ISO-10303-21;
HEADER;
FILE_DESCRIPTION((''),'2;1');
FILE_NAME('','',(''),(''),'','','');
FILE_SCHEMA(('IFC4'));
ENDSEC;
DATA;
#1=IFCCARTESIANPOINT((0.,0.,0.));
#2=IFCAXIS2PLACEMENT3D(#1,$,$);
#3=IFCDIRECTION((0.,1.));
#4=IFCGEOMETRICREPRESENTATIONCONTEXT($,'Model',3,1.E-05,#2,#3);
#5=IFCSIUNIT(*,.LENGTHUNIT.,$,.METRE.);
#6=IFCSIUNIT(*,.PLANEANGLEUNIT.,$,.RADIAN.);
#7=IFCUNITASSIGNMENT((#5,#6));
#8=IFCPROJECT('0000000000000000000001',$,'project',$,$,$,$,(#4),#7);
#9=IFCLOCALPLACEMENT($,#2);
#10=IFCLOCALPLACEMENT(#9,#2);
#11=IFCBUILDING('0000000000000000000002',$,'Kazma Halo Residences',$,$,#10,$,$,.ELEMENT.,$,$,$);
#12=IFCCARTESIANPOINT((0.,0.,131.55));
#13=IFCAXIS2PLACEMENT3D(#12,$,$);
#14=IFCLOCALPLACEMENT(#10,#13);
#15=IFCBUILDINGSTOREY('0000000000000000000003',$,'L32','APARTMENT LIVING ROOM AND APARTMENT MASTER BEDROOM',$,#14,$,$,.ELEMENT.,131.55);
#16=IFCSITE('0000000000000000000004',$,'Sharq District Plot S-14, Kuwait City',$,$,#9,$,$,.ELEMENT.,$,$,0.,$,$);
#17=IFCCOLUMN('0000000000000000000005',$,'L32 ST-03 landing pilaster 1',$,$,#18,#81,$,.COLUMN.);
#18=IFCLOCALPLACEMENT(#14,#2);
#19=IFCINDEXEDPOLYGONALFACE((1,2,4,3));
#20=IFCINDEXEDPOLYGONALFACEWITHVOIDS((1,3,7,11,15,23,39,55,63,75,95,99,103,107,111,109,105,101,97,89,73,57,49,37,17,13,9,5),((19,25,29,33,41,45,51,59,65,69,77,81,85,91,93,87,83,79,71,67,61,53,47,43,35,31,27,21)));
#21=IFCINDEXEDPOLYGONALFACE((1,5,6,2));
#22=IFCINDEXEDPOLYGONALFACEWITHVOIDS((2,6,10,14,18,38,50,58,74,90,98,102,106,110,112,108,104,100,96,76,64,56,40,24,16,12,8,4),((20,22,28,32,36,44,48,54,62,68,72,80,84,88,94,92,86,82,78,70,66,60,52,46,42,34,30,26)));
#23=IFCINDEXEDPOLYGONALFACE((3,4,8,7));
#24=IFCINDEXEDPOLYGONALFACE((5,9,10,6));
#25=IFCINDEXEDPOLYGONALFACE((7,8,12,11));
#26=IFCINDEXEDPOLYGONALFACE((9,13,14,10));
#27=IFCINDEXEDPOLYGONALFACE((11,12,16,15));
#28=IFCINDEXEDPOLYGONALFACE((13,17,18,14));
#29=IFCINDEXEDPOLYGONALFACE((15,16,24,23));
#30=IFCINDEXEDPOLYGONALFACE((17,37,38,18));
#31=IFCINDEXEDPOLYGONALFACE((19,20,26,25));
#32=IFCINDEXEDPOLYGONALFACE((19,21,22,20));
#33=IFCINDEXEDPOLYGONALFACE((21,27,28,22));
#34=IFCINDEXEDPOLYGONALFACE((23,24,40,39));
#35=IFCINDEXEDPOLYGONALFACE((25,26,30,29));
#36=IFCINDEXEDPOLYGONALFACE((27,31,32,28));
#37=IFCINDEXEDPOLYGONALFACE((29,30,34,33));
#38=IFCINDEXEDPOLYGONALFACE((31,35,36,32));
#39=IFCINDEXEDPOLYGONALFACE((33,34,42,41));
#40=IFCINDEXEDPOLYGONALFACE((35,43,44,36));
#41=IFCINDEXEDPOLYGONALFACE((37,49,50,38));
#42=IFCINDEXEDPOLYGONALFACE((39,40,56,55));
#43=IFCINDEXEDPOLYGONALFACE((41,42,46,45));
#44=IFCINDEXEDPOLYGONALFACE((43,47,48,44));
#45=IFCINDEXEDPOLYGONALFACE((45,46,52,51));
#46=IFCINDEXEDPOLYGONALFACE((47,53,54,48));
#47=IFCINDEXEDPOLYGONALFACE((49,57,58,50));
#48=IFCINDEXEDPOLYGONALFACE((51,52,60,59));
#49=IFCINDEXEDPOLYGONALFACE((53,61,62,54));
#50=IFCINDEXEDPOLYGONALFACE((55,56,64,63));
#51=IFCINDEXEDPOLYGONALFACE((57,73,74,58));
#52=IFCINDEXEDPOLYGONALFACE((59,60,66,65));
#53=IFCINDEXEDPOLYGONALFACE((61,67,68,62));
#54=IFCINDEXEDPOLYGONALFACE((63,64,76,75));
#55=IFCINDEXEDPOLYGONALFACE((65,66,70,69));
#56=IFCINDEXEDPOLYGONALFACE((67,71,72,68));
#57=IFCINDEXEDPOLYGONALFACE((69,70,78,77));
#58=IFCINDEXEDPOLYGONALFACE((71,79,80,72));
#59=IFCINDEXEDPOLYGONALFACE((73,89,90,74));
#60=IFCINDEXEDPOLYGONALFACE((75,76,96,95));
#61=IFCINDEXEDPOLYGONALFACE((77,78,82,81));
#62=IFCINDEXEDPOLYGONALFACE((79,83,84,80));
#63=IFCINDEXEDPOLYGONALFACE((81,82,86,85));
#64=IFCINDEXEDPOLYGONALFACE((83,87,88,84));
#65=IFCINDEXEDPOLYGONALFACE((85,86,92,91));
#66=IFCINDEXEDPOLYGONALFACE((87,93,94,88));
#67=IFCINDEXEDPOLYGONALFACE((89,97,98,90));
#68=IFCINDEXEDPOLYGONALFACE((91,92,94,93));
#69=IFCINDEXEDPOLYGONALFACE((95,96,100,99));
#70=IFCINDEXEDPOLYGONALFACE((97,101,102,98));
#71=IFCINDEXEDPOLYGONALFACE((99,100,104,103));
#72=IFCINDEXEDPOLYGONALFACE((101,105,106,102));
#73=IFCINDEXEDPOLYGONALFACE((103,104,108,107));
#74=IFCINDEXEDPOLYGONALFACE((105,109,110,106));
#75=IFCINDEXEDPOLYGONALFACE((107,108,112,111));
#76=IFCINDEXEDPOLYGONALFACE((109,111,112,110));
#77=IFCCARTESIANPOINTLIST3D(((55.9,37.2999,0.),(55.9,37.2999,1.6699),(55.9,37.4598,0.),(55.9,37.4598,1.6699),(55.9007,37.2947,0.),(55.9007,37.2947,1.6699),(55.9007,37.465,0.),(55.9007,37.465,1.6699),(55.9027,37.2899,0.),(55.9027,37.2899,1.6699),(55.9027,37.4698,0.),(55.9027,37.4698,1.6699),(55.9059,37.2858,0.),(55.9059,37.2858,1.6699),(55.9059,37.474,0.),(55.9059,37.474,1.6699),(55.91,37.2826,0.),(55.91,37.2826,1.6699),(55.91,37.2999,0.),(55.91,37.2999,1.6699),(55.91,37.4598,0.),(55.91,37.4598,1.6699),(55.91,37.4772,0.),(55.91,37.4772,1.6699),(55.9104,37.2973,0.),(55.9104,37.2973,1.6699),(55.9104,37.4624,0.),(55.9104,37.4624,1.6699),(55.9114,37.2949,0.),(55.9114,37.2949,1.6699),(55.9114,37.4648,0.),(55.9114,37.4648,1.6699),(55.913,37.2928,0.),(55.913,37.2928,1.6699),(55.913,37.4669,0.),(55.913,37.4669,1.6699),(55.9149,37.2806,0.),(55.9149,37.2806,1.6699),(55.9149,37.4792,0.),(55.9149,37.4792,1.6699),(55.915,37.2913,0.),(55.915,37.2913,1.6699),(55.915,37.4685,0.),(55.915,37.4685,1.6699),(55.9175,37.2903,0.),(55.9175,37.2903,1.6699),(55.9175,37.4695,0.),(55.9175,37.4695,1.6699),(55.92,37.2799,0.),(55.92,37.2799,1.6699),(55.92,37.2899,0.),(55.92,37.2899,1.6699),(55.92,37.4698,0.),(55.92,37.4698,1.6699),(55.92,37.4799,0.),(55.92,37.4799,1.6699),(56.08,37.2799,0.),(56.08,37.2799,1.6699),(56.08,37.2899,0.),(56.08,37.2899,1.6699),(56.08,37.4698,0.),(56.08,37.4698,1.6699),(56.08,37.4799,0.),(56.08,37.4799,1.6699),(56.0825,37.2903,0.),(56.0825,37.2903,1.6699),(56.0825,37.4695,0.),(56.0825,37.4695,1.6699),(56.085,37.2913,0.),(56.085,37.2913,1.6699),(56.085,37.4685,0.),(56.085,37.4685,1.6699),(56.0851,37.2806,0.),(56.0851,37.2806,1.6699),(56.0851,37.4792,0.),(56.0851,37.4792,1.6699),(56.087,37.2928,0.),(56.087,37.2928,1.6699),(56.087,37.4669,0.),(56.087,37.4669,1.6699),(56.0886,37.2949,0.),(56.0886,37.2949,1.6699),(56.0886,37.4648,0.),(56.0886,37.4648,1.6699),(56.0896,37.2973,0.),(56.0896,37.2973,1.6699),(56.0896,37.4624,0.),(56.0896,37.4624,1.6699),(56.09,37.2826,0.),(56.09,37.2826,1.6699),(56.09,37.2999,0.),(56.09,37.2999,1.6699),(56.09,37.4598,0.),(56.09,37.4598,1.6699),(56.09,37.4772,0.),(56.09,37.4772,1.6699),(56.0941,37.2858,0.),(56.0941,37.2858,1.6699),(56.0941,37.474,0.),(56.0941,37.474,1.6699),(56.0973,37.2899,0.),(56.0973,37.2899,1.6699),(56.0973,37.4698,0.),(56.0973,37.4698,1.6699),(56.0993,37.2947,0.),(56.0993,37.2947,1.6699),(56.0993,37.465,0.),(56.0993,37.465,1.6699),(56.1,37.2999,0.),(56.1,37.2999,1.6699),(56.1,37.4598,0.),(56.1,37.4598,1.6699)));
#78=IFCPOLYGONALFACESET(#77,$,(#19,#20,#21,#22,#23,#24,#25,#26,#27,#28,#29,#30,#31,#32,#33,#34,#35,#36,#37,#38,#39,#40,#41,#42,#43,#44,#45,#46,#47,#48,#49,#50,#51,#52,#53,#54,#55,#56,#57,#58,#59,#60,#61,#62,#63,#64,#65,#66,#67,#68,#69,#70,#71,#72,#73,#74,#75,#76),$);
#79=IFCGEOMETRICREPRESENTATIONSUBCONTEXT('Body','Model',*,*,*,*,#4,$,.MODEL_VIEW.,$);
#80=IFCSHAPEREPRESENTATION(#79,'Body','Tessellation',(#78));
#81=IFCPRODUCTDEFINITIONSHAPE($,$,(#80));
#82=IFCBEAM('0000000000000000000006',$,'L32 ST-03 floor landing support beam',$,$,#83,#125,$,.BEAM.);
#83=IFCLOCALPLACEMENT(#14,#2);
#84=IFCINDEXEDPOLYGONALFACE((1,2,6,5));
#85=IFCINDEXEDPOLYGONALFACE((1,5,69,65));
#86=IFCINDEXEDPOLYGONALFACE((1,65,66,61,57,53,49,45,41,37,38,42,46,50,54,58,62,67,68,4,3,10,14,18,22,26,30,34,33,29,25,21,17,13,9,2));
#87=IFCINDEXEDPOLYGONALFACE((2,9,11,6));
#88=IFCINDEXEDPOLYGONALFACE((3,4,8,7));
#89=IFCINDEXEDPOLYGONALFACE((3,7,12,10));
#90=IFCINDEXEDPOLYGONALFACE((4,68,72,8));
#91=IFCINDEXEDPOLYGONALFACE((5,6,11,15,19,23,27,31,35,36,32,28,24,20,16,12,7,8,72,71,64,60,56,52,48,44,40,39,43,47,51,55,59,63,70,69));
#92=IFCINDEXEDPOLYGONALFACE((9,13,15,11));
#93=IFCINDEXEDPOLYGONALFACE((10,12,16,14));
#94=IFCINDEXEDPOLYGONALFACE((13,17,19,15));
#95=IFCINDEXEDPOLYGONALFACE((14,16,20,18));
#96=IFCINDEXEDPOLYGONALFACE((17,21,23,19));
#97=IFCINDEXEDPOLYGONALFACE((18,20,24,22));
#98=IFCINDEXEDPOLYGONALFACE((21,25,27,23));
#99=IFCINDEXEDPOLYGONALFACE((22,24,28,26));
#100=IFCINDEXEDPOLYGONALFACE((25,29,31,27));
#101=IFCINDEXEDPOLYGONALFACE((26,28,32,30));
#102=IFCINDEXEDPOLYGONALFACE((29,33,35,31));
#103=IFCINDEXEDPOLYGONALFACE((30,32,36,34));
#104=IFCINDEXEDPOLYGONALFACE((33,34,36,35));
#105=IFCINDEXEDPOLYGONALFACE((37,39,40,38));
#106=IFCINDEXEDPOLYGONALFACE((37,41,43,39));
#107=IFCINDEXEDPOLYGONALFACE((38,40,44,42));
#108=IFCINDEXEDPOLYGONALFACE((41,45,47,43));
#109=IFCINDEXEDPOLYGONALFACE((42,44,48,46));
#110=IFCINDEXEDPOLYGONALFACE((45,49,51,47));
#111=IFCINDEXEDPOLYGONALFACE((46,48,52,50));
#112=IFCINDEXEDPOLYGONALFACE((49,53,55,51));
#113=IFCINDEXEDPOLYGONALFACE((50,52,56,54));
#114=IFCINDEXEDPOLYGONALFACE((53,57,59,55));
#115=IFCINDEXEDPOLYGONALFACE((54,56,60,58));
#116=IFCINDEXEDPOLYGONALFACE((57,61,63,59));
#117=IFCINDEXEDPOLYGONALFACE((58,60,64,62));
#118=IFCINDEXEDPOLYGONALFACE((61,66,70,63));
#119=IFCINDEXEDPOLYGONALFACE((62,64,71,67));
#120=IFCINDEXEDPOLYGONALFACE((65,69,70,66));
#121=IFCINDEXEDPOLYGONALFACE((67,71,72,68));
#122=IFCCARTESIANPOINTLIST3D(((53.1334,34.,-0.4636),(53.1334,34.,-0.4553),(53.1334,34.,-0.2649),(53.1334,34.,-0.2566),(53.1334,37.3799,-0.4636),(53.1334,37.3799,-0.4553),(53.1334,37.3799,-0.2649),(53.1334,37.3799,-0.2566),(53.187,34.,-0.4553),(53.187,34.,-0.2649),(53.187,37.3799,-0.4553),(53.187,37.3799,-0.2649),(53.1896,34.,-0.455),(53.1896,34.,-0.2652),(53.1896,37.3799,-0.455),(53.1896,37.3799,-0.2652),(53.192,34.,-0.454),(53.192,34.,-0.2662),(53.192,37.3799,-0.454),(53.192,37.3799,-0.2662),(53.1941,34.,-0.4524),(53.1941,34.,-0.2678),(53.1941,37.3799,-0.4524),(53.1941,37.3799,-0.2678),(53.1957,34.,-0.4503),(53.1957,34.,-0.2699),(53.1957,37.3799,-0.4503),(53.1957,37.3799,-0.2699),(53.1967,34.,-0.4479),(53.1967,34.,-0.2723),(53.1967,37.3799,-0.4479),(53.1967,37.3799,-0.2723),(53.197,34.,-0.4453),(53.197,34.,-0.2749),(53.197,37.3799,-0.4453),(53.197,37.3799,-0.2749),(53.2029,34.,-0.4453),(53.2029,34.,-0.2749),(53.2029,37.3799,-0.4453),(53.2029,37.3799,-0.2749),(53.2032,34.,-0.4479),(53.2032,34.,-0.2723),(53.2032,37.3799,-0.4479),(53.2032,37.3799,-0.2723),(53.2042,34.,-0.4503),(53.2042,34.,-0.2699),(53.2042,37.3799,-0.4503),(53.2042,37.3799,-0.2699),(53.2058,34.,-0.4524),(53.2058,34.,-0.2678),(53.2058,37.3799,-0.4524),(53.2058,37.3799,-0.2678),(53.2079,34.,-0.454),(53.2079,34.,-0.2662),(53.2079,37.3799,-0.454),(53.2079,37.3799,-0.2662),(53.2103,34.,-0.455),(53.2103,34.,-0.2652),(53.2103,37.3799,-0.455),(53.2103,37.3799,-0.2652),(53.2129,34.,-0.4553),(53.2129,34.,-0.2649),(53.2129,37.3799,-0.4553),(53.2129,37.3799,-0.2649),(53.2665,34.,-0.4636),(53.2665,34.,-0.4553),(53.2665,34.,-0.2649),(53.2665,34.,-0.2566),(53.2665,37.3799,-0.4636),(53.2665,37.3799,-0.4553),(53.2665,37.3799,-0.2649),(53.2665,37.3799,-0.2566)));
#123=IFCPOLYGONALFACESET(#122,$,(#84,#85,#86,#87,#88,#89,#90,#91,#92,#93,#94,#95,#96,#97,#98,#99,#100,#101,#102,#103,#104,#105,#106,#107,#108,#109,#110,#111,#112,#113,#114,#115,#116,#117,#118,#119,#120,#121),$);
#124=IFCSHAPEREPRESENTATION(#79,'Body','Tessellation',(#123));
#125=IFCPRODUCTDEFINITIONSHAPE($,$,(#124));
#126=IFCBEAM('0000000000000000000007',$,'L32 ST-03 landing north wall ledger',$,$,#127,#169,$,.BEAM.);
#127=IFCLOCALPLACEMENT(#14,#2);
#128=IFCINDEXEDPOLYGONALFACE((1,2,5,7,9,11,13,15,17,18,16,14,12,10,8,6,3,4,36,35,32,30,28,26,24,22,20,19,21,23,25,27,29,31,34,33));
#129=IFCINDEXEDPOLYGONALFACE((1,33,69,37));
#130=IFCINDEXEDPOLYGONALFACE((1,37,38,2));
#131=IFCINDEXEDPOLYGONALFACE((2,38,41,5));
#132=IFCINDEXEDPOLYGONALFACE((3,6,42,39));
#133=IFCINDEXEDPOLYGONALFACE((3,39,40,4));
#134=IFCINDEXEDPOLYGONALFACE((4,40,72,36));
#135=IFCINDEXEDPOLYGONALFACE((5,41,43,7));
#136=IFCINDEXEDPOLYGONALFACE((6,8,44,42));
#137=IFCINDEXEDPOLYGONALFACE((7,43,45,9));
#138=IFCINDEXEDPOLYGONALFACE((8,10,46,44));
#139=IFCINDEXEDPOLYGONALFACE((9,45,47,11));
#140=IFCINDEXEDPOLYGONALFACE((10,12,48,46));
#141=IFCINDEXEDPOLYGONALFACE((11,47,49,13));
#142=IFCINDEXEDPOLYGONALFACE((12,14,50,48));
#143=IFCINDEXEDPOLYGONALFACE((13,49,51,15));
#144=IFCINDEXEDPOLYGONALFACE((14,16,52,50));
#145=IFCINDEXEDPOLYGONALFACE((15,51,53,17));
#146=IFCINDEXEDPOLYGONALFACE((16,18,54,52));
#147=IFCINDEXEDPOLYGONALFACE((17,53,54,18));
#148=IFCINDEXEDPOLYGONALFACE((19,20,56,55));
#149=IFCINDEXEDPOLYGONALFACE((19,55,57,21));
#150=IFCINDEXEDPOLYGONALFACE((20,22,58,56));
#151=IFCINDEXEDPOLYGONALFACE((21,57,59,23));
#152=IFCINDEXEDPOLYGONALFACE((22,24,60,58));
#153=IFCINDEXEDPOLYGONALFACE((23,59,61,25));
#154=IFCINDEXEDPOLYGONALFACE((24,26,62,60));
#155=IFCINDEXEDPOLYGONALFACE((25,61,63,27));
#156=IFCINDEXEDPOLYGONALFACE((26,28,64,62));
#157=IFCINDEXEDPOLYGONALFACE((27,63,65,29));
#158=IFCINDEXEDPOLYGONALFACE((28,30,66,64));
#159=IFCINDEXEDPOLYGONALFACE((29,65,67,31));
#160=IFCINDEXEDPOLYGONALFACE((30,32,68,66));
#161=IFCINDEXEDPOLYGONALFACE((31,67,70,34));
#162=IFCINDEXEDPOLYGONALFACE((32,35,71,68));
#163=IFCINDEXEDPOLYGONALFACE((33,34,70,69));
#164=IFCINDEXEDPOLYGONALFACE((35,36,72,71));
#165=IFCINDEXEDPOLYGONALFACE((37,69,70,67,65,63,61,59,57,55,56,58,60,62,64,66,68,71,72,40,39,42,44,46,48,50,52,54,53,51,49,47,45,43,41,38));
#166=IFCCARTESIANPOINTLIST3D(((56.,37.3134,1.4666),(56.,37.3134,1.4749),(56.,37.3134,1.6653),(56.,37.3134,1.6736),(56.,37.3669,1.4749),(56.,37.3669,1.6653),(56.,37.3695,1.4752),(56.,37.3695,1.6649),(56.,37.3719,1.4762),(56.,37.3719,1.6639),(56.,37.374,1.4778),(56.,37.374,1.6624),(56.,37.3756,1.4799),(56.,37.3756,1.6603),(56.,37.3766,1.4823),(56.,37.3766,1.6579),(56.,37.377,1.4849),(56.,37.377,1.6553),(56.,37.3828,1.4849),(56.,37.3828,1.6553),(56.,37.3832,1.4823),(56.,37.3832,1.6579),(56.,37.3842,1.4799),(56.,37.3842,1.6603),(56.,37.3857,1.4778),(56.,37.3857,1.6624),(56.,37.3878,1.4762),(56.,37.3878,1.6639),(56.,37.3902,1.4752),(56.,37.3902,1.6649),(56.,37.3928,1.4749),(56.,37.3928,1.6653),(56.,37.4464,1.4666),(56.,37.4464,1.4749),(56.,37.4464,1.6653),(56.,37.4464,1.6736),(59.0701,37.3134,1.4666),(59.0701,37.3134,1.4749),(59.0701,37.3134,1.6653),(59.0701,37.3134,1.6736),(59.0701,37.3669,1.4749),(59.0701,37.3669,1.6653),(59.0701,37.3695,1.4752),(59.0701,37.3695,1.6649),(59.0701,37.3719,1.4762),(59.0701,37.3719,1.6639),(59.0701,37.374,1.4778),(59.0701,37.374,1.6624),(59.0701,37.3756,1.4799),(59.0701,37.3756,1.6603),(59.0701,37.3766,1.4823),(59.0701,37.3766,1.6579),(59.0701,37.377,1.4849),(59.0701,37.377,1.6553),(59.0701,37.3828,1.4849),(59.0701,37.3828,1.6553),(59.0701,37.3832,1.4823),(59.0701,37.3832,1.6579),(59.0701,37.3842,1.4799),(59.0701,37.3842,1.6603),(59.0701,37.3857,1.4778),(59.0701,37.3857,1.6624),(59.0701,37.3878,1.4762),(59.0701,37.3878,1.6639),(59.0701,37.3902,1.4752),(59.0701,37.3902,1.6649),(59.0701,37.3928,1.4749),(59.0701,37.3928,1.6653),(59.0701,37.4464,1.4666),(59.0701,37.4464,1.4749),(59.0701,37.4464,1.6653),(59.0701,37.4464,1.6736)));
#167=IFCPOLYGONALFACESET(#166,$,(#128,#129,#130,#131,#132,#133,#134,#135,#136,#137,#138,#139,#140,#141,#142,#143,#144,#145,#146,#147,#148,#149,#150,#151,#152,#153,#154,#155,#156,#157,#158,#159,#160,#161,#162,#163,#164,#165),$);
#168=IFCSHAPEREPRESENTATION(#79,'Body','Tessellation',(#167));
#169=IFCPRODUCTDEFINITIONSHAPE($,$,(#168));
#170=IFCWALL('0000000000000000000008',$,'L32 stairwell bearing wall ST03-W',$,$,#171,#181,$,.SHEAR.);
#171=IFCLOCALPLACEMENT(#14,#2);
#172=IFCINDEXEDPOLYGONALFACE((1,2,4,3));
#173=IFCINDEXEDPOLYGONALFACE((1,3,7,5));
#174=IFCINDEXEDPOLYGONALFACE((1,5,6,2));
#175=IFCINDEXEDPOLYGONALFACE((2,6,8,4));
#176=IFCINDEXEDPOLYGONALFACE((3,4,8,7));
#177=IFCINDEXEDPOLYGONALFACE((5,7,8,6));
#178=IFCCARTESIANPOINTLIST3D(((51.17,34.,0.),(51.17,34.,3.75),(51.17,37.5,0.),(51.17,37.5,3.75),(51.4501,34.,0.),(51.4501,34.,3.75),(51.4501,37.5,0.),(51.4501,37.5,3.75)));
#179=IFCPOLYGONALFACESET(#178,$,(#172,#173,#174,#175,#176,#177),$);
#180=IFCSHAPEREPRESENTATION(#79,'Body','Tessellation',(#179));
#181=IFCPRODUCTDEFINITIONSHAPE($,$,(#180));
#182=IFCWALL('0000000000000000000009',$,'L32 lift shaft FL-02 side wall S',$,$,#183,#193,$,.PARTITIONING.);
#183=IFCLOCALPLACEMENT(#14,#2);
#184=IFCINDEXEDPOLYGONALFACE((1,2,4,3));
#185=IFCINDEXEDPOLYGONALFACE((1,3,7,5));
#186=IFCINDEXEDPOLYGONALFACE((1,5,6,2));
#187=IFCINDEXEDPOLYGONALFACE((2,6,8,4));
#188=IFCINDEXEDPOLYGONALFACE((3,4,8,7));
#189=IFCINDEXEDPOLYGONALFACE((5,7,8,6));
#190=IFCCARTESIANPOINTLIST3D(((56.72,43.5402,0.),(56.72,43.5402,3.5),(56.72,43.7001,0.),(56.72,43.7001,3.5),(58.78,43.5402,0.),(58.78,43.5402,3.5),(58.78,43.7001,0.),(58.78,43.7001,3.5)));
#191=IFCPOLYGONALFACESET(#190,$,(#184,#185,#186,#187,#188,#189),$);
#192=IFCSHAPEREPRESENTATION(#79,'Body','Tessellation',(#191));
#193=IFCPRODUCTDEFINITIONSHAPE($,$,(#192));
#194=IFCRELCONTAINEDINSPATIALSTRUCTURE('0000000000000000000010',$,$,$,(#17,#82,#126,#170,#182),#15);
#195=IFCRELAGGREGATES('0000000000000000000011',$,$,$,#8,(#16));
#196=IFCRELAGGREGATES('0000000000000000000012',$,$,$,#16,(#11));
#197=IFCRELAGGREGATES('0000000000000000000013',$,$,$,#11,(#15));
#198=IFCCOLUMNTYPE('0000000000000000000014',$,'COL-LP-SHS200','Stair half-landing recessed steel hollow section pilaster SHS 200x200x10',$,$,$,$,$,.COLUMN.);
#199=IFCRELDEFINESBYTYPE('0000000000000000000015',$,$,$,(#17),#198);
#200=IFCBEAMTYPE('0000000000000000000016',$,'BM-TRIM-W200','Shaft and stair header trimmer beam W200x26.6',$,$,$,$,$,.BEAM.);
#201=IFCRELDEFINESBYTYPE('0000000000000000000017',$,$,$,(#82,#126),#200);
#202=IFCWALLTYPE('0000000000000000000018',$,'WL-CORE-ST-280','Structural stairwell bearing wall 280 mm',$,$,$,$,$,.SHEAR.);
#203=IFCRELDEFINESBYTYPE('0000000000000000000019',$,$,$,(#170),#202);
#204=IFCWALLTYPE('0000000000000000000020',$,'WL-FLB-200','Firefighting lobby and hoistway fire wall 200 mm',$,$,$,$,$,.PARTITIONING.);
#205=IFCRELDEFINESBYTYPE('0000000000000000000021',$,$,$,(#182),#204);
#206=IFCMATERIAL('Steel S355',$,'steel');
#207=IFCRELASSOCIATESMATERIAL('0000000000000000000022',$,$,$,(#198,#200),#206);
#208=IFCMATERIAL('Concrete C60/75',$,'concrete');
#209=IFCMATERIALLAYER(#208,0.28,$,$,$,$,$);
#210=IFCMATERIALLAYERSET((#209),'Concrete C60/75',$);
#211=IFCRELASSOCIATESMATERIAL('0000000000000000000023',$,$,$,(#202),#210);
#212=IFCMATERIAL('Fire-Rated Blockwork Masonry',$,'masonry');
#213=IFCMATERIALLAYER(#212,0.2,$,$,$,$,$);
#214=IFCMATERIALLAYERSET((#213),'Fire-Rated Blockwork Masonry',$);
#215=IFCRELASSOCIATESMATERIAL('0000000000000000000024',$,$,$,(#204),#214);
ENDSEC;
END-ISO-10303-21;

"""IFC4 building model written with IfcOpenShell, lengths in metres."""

from ifc_helpers import new_model, si_unit, direction, frame, frame_2d, origin, origin_2d, place, context, subcontext, project, spatial, rectangle, hollow_rectangle, i_section, extrude, material, layer, layer_set, material_profile, profile_set, type_object, element, save


model = new_model("IFC4")

# Units and contexts
model_context = context("Model", 3, precision=1e-05, world=origin(), true_north=direction((0.0, 1.0)))
body_context = subcontext(model_context, "Body", "Model", "MODEL_VIEW")
ifc_project = project(units=[si_unit("LENGTHUNIT", "METRE"), si_unit("PLANEANGLEUNIT", "RADIAN")], contexts=[model_context])

# Site, building, storey
site_placement = place(None, origin())
site = spatial("IfcSite", under=ifc_project, at=site_placement, Name="Sharq District Plot S-14, Kuwait City", CompositionType="ELEMENT", RefElevation=0.0)
building_placement = place(site_placement, origin())
building = spatial("IfcBuilding", under=site, at=building_placement, Name="Kazma Halo Residences", CompositionType="ELEMENT")
storey_placement = place(building_placement, frame((0.0, 0.0, 131.55)))
storey = spatial("IfcBuildingStorey", under=building, at=storey_placement, Name="L32", Description="APARTMENT LIVING ROOM AND APARTMENT MASTER BEDROOM", CompositionType="ELEMENT", Elevation=131.55)

# Column
ifc_material_1 = material(Name="Steel S355", Category="steel")
ifc_material_profile_1 = material_profile(ifc_material_1, hollow_rectangle(XDim=0.2, YDim=0.2, WallThickness=0.01, InnerFilletRadius=0.01, OuterFilletRadius=0.02, at=origin_2d()), Name="SHS200x200x10")
ifc_profile_set_1 = profile_set([ifc_material_profile_1], Name="Steel S355")
column_type = type_object("IfcColumnType", Name="COL-LP-SHS200", Description="Stair half-landing recessed steel hollow section pilaster SHS 200x200x10", PredefinedType="COLUMN", material=ifc_profile_set_1)
column_placement = place(storey_placement, frame((56.0, 37.3799, 0.0), z_axis=(0.0, 0.0, 1.0), x_axis=(1.0, 0.0, 0.0)))
element("IfcColumn", 1, at=column_placement, inside=storey, type_object=column_type, Name="L32 ST-03 landing pilaster 1", PredefinedType="COLUMN", context=body_context, shape_type="SweptSolid", body=[
    extrude(hollow_rectangle(XDim=0.2, YDim=0.2, WallThickness=0.01, InnerFilletRadius=0.01, OuterFilletRadius=0.02, at=origin_2d()), origin(), (0.0, 0.0, 1.0), 1.6699),
])

# Beams
ifc_material_profile_2 = material_profile(ifc_material_1, i_section(OverallWidth=0.1331, OverallDepth=0.207, WebThickness=0.0059, FlangeThickness=0.0083, FilletRadius=0.01, at=origin_2d()), Name="W200x26.6")
ifc_profile_set_2 = profile_set([ifc_material_profile_2], Name="Steel S355")
beam_type = type_object("IfcBeamType", Name="BM-TRIM-W200", Description="Shaft and stair header trimmer beam W200x26.6", PredefinedType="BEAM", material=ifc_profile_set_2)
beam_1_placement = place(storey_placement, frame((53.2, 34.0, -0.3601), z_axis=(0.0, 1.0, 0.0), x_axis=(-1.0, 0.0, 0.0)))
element("IfcBeam", 2, at=beam_1_placement, inside=storey, type_object=beam_type, Name="L32 ST-03 floor landing support beam", PredefinedType="BEAM", context=body_context, shape_type="SweptSolid", body=[
    extrude(i_section(OverallWidth=0.1331, OverallDepth=0.207, WebThickness=0.0059, FlangeThickness=0.0083, FilletRadius=0.01, at=origin_2d()), origin(), (0.0, 0.0, 1.0), 3.3799),
])
beam_2_placement = place(storey_placement, frame((56.0, 37.3799, 1.5701), z_axis=(1.0, 0.0, 0.0), x_axis=(0.0, 1.0, 0.0)))
element("IfcBeam", 3, at=beam_2_placement, inside=storey, type_object=beam_type, Name="L32 ST-03 landing north wall ledger", PredefinedType="BEAM", context=body_context, shape_type="SweptSolid", body=[
    extrude(i_section(OverallWidth=0.1331, OverallDepth=0.207, WebThickness=0.0059, FlangeThickness=0.0083, FilletRadius=0.01, at=origin_2d()), origin(), (0.0, 0.0, 1.0), 3.0701),
])

# Walls
ifc_material_2 = material(Name="Concrete C60/75", Category="concrete")
ifc_layer_1 = layer(ifc_material_2, 0.28)
ifc_layer_set_1 = layer_set([ifc_layer_1], Name="Concrete C60/75")
wall_type_1 = type_object("IfcWallType", Name="WL-CORE-ST-280", Description="Structural stairwell bearing wall 280 mm", PredefinedType="SHEAR", material=ifc_layer_set_1)
wall_1_placement = place(storey_placement, frame((51.3101, 34.0, 0.0), z_axis=(0.0, 0.0, 1.0), x_axis=(0.0, 1.0, 0.0)))
element("IfcWall", 4, at=wall_1_placement, inside=storey, type_object=wall_type_1, Name="L32 stairwell bearing wall ST03-W", PredefinedType="SHEAR", context=body_context, shape_type="SweptSolid", body=[
    extrude(rectangle(XDim=3.5, YDim=0.28, at=frame_2d((1.75, 0.0))), origin(), (0.0, 0.0, 1.0), 3.75),
])
ifc_material_3 = material(Name="Fire-Rated Blockwork Masonry", Category="masonry")
ifc_layer_2 = layer(ifc_material_3, 0.2)
ifc_layer_set_2 = layer_set([ifc_layer_2], Name="Fire-Rated Blockwork Masonry")
wall_type_2 = type_object("IfcWallType", Name="WL-FLB-200", Description="Firefighting lobby and hoistway fire wall 200 mm", PredefinedType="PARTITIONING", material=ifc_layer_set_2)
wall_2_placement = place(storey_placement, frame((56.72, 43.6201, 0.0), z_axis=(0.0, 0.0, 1.0), x_axis=(1.0, 0.0, 0.0)))
element("IfcWall", 5, at=wall_2_placement, inside=storey, type_object=wall_type_2, Name="L32 lift shaft FL-02 side wall S", PredefinedType="PARTITIONING", context=body_context, shape_type="SweptSolid", body=[
    extrude(rectangle(XDim=2.0601, YDim=0.1599, at=frame_2d((1.03, 0.0))), origin(), (0.0, 0.0, 1.0), 3.5),
])

save(model, "model.ifc")
